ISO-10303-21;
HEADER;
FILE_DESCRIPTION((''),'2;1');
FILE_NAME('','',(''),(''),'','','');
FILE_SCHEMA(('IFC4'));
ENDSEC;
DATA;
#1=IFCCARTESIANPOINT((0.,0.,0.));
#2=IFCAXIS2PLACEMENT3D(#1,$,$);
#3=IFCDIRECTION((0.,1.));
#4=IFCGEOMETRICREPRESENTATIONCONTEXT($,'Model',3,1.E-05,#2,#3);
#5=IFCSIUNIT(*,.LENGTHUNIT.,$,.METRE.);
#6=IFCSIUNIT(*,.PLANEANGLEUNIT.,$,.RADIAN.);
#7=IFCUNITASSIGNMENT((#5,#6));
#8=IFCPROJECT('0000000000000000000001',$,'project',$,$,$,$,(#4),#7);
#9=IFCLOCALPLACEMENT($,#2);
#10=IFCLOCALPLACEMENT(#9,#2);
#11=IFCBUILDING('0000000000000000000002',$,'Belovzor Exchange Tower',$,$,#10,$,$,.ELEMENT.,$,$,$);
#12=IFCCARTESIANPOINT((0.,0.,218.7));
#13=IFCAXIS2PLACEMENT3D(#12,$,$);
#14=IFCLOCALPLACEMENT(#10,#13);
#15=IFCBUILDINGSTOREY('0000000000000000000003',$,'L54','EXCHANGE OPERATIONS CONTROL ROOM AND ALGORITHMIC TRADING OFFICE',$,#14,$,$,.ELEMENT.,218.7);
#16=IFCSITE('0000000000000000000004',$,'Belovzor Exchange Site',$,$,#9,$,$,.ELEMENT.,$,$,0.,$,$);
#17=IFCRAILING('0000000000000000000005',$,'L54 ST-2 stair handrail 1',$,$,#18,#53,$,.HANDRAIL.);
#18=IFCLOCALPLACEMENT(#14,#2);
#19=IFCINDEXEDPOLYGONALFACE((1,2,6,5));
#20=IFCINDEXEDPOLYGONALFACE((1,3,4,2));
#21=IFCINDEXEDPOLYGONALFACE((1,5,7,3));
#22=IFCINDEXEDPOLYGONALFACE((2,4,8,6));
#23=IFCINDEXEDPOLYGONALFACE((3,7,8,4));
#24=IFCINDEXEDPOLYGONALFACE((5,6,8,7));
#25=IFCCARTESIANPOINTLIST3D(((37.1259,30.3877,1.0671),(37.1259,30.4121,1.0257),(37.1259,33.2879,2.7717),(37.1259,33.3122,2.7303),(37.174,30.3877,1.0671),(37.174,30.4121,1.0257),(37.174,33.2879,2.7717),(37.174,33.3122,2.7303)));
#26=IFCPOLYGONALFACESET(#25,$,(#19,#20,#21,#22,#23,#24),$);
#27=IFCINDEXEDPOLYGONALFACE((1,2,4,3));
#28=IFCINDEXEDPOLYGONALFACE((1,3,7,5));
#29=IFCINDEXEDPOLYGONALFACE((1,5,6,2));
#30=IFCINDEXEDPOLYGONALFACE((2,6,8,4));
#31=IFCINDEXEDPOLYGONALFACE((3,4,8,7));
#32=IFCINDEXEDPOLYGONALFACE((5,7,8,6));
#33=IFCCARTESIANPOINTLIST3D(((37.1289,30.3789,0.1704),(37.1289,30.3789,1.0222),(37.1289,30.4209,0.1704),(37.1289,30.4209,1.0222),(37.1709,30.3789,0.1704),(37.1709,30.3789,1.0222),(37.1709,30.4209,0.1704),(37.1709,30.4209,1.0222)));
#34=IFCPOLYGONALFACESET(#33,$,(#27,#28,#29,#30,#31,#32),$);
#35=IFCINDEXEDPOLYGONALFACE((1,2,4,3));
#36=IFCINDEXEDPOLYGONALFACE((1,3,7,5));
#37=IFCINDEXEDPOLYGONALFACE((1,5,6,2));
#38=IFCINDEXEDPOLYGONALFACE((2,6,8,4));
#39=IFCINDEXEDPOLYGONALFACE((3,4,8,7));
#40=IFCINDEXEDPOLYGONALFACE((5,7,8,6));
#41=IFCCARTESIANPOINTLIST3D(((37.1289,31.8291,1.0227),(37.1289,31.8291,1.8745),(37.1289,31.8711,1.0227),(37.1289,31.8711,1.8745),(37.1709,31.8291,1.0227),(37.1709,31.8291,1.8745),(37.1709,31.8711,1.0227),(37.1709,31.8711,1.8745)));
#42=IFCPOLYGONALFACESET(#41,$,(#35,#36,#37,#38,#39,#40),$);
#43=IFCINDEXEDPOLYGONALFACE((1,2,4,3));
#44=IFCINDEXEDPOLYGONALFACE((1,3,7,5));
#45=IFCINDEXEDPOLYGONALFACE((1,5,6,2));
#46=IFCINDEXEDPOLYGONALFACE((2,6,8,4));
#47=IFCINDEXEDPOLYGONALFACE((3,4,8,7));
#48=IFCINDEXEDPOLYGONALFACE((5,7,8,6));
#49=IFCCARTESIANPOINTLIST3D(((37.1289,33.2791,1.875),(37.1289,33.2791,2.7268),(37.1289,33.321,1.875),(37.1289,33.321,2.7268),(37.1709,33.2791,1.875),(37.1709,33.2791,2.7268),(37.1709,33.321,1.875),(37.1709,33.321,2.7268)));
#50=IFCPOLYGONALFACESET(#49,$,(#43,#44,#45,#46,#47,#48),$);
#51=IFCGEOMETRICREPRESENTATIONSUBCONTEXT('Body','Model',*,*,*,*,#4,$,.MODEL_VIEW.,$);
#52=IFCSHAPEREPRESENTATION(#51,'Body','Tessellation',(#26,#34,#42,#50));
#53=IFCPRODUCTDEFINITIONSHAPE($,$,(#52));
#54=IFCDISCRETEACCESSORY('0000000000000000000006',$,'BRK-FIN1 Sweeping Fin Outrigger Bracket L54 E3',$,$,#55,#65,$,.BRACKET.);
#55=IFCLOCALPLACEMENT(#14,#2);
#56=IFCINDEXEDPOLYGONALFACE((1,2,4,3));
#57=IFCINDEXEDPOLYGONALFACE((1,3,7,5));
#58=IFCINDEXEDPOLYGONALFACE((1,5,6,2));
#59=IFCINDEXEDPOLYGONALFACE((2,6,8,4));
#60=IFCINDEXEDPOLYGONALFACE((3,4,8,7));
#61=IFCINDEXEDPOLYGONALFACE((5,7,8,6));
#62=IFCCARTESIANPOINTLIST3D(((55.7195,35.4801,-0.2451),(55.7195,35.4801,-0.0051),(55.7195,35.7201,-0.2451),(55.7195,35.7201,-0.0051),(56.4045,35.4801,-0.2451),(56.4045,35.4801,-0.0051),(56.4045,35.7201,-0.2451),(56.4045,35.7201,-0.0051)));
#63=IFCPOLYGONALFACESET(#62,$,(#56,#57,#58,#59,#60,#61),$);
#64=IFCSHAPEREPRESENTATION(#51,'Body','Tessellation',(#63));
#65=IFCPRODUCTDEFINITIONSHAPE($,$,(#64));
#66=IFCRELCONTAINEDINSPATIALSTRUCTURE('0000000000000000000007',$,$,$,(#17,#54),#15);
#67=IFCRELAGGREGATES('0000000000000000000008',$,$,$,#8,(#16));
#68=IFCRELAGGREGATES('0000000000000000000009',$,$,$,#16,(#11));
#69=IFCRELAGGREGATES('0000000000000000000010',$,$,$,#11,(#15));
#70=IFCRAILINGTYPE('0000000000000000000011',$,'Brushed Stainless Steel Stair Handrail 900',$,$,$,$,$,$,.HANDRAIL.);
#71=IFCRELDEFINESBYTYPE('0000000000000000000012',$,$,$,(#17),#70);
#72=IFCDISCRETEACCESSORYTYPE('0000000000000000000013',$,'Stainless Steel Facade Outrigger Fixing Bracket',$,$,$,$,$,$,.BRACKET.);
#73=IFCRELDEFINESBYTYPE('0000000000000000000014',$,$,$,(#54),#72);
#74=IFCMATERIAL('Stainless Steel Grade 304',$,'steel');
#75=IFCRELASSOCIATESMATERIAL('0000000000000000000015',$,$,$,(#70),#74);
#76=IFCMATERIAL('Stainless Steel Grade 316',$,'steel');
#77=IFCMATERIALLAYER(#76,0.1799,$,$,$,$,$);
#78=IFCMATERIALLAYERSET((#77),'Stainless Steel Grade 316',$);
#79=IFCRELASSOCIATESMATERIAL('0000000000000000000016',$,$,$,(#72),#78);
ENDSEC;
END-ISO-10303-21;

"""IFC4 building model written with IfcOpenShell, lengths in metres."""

from ifc_helpers import new_model, si_unit, direction, frame, origin, origin_2d, place, context, subcontext, project, spatial, rectangle, extrude, material, layer, layer_set, type_object, element, save


model = new_model("IFC4")

# Units and contexts
model_context = context("Model", 3, precision=1e-05, world=origin(), true_north=direction((0.0, 1.0)))
body_context = subcontext(model_context, "Body", "Model", "MODEL_VIEW")
ifc_project = project(units=[si_unit("LENGTHUNIT", "METRE"), si_unit("PLANEANGLEUNIT", "RADIAN")], contexts=[model_context])

# Site, building, storey
site_placement = place(None, origin())
site = spatial("IfcSite", under=ifc_project, at=site_placement, Name="Belovzor Exchange Site", CompositionType="ELEMENT", RefElevation=0.0)
building_placement = place(site_placement, origin())
building = spatial("IfcBuilding", under=site, at=building_placement, Name="Belovzor Exchange Tower", CompositionType="ELEMENT")
storey_placement = place(building_placement, frame((0.0, 0.0, 218.7)))
storey = spatial("IfcBuildingStorey", under=building, at=storey_placement, Name="L54", Description="EXCHANGE OPERATIONS CONTROL ROOM AND ALGORITHMIC TRADING OFFICE", CompositionType="ELEMENT", Elevation=218.7)

# Railing
ifc_material_1 = material(Name="Stainless Steel Grade 304", Category="steel")
railing_type = type_object("IfcRailingType", Name="Brushed Stainless Steel Stair Handrail 900", PredefinedType="HANDRAIL", material=ifc_material_1)
railing_placement = place(storey_placement, frame((37.1499, 30.3999, 0.1704)))
element("IfcRailing", 1, at=railing_placement, inside=storey, type_object=railing_type, Name="L54 ST-2 stair handrail 1", PredefinedType="HANDRAIL", context=body_context, shape_type="SweptSolid", body=[
    extrude(rectangle(XDim=0.0481, YDim=0.0481, at=origin_2d()), frame((0.0, 0.0, 0.876), z_axis=(0.0, 0.862113, 0.506716), x_axis=(-1.0, 0.0, 0.0)), (0.0, 0.0, 1.0), 3.364),
    extrude(rectangle(XDim=0.042, YDim=0.042, at=origin_2d()), origin(), (0.0, 0.0, 1.0), 0.8518),
    extrude(rectangle(XDim=0.042, YDim=0.042, at=origin_2d()), frame((0.0, 1.4502, 0.8523)), (0.0, 0.0, 1.0), 0.8518),
    extrude(rectangle(XDim=0.042, YDim=0.042, at=origin_2d()), frame((0.0, 2.9001, 1.7046)), (0.0, 0.0, 1.0), 0.8518),
])

# Discrete accessory
ifc_material_2 = material(Name="Stainless Steel Grade 316", Category="steel")
ifc_layer_1 = layer(ifc_material_2, 0.1799)
ifc_layer_set_1 = layer_set([ifc_layer_1], Name="Stainless Steel Grade 316")
discrete_accessory_type = type_object("IfcDiscreteAccessoryType", Name="Stainless Steel Facade Outrigger Fixing Bracket", PredefinedType="BRACKET", material=ifc_layer_set_1)
discrete_accessory_placement = place(storey_placement, frame((56.062, 35.6001, -0.2451), z_axis=(0.0, 0.0, 1.0), x_axis=(1.0, 0.0, 0.0)))
element("IfcDiscreteAccessory", 2, at=discrete_accessory_placement, inside=storey, type_object=discrete_accessory_type, Name="BRK-FIN1 Sweeping Fin Outrigger Bracket L54 E3", PredefinedType="BRACKET", context=body_context, shape_type="SweptSolid", body=[
    extrude(rectangle(XDim=0.6851, YDim=0.24, at=origin_2d()), origin(), (0.0, 0.0, 1.0), 0.24),
])

save(model, "model.ifc")
